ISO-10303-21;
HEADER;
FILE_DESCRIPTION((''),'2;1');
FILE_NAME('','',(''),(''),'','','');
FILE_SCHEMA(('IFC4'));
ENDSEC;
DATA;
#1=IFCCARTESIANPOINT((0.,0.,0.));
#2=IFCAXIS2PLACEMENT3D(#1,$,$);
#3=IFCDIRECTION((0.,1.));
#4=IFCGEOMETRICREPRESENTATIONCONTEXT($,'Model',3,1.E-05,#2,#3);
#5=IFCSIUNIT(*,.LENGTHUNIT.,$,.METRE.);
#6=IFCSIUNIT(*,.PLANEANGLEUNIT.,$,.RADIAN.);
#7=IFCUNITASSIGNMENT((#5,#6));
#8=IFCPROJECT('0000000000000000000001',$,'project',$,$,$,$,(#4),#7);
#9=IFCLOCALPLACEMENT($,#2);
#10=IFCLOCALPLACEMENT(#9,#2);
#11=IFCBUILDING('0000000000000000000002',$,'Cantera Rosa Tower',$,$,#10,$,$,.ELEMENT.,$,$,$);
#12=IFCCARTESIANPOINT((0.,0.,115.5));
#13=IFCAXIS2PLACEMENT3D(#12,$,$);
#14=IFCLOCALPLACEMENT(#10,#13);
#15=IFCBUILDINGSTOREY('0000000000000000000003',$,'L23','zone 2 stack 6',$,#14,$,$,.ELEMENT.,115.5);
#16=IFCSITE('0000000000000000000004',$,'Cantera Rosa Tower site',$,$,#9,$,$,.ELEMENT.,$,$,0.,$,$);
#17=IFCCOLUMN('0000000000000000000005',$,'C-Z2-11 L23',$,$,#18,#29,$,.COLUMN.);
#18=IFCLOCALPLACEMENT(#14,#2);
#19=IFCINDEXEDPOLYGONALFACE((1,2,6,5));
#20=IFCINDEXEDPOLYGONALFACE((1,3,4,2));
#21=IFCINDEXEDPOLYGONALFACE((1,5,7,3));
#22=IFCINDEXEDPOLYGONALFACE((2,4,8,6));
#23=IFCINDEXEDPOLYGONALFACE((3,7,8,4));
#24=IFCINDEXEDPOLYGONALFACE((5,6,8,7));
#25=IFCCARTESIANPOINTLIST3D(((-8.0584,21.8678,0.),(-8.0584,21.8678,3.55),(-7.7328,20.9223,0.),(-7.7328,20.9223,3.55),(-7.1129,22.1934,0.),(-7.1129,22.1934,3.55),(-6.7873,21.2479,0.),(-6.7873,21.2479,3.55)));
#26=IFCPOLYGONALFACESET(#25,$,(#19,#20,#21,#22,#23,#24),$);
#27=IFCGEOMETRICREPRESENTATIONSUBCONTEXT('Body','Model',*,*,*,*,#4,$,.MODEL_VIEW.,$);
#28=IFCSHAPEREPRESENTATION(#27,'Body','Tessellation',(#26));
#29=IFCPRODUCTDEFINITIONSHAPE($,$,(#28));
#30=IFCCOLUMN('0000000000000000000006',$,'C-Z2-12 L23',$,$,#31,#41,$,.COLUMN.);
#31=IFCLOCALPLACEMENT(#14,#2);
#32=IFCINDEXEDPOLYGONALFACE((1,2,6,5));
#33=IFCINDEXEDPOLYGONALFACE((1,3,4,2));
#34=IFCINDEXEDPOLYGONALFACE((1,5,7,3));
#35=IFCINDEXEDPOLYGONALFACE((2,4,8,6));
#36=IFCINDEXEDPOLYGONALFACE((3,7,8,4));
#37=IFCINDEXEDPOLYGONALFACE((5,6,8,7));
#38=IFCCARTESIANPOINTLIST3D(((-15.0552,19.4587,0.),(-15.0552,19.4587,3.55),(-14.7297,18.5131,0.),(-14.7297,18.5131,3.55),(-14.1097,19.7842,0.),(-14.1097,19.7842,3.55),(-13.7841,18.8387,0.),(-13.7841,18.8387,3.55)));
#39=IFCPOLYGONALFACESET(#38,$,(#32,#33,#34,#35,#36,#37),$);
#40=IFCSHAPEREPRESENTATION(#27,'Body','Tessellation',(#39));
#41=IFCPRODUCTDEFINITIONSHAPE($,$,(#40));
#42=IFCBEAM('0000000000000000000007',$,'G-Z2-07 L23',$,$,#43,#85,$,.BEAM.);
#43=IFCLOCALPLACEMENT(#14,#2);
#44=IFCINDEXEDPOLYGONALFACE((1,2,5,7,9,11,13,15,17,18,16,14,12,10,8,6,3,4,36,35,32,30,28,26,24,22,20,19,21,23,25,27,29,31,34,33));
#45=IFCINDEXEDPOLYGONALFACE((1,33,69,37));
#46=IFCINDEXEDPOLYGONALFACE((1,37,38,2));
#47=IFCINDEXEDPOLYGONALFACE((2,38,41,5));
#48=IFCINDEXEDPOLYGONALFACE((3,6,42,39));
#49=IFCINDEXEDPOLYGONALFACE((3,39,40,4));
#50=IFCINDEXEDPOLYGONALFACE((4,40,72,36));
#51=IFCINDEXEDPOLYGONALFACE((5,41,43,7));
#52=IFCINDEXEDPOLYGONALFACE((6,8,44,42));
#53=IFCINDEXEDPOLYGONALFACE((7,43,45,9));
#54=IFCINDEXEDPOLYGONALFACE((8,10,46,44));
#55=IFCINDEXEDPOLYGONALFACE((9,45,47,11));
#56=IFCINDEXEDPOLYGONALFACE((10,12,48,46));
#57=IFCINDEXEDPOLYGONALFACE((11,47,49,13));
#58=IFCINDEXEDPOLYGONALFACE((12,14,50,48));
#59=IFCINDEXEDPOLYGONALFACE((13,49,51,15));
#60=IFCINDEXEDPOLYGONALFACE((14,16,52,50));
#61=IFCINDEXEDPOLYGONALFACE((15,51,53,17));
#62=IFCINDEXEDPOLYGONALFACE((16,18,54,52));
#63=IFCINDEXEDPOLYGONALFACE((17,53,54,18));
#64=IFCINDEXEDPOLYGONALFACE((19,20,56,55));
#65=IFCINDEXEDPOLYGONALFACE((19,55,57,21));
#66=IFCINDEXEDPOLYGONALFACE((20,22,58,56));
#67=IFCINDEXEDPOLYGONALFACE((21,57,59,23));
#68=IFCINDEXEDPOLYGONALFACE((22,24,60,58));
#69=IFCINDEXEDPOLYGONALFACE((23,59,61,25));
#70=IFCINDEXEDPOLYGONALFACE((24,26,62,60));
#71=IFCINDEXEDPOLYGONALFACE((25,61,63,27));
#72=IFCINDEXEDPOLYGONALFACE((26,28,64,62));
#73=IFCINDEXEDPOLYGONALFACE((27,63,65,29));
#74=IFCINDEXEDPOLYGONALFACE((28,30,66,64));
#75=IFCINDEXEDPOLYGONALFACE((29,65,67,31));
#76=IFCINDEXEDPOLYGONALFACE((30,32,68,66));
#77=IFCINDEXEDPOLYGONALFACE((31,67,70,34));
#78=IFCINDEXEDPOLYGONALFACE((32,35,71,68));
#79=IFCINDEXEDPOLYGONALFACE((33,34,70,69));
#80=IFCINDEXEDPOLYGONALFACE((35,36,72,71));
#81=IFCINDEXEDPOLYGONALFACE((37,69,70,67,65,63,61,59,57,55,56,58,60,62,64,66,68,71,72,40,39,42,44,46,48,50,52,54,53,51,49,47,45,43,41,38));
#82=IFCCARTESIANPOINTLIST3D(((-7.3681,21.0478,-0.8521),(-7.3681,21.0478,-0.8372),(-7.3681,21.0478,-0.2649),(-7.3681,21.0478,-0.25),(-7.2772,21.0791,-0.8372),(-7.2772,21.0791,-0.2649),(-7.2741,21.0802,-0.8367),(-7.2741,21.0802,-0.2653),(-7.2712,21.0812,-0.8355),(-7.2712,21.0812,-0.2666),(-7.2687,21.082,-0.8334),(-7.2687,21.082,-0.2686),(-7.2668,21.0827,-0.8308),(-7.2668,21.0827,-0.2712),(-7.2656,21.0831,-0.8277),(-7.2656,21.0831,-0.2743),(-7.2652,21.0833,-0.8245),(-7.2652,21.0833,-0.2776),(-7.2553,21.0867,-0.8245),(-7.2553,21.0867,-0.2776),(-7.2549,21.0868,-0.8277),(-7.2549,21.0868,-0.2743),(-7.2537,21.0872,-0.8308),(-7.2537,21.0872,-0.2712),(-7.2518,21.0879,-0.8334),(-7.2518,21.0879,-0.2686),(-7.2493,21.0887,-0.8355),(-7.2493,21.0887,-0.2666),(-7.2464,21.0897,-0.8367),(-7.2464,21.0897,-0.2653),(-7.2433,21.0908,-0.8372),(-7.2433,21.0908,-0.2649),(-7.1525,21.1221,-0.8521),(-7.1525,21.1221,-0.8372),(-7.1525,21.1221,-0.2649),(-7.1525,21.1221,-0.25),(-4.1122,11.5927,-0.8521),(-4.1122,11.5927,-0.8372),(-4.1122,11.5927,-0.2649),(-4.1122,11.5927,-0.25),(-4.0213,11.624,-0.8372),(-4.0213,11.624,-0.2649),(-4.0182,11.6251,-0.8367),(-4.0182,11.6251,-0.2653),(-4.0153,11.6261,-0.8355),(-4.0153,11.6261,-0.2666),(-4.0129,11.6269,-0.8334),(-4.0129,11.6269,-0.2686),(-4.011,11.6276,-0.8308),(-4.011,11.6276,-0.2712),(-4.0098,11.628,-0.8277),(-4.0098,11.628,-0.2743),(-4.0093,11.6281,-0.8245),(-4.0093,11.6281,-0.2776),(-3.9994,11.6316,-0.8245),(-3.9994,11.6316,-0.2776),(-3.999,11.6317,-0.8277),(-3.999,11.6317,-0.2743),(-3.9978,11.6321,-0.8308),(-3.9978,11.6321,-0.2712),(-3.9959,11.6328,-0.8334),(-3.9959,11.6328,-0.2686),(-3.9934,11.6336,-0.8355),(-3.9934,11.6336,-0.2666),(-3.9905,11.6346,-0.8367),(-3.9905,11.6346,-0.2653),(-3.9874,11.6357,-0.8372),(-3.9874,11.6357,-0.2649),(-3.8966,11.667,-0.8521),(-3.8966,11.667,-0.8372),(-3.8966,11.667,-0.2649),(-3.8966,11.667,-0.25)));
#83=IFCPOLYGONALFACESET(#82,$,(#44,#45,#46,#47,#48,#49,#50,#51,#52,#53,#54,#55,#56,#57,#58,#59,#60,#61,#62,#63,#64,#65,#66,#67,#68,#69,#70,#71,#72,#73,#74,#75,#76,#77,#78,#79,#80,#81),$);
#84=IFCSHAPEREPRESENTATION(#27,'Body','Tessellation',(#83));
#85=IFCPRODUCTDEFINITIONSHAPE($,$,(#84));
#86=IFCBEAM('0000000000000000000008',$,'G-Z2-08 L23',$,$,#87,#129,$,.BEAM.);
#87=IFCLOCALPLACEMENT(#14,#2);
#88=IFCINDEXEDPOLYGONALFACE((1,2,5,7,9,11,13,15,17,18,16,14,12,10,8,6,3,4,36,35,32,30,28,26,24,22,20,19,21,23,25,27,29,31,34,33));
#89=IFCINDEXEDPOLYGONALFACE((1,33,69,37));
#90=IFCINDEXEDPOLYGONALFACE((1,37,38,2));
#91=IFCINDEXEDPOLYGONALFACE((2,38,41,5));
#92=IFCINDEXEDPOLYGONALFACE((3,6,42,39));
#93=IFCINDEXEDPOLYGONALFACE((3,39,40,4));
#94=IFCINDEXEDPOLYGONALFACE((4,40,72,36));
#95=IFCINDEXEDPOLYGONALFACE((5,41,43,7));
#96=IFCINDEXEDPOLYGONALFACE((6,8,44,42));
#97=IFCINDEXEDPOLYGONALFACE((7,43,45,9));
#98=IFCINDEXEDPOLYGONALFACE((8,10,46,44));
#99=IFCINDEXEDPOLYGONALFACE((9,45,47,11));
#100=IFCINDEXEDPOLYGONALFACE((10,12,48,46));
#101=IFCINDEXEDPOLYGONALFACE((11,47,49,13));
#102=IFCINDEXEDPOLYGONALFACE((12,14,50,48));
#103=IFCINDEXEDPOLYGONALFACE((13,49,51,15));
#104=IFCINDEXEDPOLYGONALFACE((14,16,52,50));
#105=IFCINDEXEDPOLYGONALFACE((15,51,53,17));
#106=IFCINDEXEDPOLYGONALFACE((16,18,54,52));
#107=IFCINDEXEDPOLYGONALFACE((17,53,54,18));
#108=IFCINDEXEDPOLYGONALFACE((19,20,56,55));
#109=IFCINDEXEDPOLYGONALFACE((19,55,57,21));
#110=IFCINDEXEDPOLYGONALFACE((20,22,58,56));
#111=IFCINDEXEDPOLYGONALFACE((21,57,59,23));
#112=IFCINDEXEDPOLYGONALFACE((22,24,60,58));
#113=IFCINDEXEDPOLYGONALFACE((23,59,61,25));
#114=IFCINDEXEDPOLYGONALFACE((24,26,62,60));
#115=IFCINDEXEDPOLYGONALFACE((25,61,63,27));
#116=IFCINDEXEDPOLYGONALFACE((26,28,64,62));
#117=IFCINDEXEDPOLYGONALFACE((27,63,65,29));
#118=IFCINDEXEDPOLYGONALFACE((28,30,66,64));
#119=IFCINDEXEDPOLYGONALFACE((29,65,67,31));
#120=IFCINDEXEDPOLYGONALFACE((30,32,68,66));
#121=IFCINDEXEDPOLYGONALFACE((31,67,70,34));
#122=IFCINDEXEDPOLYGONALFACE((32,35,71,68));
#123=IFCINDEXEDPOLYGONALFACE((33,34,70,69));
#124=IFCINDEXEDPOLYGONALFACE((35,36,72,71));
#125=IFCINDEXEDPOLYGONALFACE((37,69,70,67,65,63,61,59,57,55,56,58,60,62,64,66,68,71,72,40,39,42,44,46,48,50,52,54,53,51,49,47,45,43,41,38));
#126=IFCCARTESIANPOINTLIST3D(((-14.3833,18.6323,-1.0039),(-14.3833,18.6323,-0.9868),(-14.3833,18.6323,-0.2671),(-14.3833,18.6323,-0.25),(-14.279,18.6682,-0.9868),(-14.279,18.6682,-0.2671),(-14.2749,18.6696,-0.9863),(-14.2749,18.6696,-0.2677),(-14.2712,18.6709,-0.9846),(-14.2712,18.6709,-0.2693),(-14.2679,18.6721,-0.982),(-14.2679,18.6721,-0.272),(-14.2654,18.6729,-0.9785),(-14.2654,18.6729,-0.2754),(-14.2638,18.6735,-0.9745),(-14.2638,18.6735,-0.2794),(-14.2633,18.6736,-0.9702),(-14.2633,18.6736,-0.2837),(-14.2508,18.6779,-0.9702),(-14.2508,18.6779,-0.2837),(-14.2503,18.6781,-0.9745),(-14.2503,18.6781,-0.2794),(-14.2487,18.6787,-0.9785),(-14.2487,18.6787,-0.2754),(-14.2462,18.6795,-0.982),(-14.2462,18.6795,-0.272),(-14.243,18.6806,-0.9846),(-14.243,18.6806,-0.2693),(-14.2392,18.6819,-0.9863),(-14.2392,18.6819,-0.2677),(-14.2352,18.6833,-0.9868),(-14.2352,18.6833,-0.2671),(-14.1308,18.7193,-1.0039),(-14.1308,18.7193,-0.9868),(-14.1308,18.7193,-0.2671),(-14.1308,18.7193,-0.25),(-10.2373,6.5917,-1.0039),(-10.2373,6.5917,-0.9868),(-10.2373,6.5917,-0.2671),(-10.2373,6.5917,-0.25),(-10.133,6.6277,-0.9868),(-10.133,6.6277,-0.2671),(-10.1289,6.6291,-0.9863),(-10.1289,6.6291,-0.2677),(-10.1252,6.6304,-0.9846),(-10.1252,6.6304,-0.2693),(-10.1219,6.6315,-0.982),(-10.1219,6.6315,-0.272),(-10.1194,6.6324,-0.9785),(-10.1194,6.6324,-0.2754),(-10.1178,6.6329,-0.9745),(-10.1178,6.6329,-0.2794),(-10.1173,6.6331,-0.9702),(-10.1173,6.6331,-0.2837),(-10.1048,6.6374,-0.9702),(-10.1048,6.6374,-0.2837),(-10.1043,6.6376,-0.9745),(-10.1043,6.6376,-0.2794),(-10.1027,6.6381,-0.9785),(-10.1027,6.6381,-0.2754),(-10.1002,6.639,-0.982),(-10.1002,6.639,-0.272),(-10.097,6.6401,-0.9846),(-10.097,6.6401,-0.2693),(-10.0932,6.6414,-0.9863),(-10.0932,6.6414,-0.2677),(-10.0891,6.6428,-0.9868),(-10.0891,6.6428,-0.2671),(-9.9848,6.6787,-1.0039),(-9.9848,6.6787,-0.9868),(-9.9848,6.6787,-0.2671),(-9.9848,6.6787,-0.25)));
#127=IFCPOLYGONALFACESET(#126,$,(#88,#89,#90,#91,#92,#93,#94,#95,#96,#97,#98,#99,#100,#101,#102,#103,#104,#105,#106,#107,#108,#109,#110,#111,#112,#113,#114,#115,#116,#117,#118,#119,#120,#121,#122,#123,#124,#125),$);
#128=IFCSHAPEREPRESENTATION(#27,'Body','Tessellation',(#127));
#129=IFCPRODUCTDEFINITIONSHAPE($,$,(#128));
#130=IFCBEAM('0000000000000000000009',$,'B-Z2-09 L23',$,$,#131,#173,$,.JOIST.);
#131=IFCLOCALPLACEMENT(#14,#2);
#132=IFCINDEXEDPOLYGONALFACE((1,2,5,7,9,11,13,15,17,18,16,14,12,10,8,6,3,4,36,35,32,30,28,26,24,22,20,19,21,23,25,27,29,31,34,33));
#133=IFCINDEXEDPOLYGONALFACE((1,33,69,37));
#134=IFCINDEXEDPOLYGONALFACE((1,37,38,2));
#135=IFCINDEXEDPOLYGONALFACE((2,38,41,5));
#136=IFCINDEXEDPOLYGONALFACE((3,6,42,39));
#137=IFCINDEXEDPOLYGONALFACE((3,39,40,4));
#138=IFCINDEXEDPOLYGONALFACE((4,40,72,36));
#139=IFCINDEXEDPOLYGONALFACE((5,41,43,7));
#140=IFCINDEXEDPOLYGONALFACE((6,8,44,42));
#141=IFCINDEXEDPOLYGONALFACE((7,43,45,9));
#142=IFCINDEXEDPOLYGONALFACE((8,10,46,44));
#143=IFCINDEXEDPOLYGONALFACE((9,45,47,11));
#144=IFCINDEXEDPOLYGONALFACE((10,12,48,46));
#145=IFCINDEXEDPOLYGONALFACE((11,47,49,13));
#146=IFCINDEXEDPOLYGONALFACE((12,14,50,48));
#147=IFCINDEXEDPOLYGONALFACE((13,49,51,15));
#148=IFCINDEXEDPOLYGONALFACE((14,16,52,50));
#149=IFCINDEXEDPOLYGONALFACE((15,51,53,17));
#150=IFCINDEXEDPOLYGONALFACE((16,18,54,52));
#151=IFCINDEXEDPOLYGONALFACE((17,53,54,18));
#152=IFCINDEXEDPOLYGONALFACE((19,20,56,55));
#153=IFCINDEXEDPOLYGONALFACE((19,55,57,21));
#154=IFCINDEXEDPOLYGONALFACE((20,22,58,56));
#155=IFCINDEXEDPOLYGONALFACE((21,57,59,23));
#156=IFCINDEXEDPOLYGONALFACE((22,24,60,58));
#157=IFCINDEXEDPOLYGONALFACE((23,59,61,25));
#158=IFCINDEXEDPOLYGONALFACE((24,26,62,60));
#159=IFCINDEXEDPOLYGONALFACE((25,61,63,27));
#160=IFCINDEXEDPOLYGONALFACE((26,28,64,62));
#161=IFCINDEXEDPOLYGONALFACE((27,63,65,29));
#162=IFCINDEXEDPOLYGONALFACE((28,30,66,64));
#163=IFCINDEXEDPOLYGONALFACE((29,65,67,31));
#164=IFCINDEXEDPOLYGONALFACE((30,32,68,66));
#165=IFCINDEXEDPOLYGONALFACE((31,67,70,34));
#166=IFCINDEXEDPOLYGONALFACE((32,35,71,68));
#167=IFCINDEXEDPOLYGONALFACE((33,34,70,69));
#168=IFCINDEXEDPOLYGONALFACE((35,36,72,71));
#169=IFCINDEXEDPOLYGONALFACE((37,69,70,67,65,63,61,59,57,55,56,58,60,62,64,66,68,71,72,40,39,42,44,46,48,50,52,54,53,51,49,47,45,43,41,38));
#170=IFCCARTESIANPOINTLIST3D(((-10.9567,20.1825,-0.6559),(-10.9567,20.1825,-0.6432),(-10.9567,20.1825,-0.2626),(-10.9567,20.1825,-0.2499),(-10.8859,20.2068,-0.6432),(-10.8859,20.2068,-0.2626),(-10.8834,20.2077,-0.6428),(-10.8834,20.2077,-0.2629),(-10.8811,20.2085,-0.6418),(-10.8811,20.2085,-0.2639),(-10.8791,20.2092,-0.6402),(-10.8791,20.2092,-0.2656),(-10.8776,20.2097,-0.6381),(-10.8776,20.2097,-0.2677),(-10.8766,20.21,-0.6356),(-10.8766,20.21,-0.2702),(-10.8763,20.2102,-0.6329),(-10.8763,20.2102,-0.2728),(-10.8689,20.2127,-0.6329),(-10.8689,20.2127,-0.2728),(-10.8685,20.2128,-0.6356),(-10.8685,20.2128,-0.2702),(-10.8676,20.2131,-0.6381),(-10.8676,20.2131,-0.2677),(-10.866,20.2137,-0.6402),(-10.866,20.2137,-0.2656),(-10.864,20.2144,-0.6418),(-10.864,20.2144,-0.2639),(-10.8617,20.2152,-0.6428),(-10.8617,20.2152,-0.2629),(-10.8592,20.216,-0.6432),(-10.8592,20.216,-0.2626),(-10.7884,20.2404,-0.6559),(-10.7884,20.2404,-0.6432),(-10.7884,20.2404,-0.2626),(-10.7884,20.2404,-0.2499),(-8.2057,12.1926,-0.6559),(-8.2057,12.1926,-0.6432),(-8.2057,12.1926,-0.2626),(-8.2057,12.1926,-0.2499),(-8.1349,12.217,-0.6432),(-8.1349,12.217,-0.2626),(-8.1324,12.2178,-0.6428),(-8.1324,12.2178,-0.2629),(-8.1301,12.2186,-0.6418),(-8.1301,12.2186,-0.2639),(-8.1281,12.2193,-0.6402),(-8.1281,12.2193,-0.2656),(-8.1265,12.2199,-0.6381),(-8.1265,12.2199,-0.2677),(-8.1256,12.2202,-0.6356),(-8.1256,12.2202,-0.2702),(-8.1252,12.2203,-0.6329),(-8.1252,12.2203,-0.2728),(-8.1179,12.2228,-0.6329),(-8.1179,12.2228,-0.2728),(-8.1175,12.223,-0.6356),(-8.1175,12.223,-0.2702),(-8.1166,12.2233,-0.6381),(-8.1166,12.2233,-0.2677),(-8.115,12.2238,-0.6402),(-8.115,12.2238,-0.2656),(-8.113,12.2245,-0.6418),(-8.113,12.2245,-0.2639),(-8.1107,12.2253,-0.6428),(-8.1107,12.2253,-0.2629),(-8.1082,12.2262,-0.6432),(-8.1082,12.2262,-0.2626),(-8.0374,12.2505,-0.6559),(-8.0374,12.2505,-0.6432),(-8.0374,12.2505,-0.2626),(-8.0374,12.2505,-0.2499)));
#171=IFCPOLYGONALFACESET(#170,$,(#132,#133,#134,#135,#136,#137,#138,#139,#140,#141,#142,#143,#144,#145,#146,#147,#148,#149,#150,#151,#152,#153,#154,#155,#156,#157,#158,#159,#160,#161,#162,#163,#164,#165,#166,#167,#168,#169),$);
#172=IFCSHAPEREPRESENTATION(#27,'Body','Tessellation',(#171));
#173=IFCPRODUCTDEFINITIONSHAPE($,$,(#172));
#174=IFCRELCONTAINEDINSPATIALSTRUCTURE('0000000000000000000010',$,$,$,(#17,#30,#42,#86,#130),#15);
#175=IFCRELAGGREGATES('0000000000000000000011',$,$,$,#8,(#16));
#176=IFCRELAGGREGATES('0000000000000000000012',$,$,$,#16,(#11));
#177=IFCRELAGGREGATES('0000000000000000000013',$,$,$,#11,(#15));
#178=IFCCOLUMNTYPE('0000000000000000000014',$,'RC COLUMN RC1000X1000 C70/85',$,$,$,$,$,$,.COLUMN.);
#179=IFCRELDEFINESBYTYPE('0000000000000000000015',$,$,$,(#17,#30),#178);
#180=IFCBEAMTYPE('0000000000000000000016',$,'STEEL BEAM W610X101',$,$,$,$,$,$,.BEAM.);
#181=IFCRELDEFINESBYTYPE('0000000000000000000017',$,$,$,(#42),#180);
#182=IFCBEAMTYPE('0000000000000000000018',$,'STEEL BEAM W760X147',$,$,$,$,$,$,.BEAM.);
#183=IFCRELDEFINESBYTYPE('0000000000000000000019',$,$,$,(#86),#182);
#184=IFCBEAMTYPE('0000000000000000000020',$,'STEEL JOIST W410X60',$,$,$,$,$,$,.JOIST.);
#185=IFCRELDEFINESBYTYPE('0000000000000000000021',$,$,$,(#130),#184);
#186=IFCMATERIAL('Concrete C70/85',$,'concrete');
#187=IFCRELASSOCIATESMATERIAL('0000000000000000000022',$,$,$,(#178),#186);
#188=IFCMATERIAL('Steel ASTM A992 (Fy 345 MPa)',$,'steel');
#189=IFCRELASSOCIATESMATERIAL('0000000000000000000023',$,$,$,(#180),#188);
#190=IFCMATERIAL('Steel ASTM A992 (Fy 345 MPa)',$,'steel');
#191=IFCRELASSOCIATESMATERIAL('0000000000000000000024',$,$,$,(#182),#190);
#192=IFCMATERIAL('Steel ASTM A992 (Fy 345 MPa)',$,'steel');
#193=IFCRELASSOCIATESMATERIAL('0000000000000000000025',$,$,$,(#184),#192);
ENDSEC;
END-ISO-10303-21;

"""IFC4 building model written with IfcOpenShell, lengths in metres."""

from ifc_helpers import new_model, si_unit, direction, frame, origin, origin_2d, place, context, subcontext, project, spatial, rectangle, i_section, extrude, material, material_profile, profile_set, type_object, element, save


model = new_model("IFC4")

# Units and contexts
model_context = context("Model", 3, precision=1e-05, world=origin(), true_north=direction((0.0, 1.0)))
body_context = subcontext(model_context, "Body", "Model", "MODEL_VIEW")
ifc_project = project(units=[si_unit("LENGTHUNIT", "METRE"), si_unit("PLANEANGLEUNIT", "RADIAN")], contexts=[model_context])

# Site, building, storey
site_placement = place(None, origin())
site = spatial("IfcSite", under=ifc_project, at=site_placement, Name="Cantera Rosa Tower site", CompositionType="ELEMENT", RefElevation=0.0)
building_placement = place(site_placement, origin())
building = spatial("IfcBuilding", under=site, at=building_placement, Name="Cantera Rosa Tower", CompositionType="ELEMENT")
storey_placement = place(building_placement, frame((0.0, 0.0, 115.5)))
storey = spatial("IfcBuildingStorey", under=building, at=storey_placement, Name="L23", Description="zone 2 stack 6", CompositionType="ELEMENT", Elevation=115.5)

# Columns
ifc_material_1 = material(Name="Concrete C70/85", Category="concrete")
ifc_material_profile_1 = material_profile(ifc_material_1, rectangle(XDim=1.0, YDim=1.0, at=origin_2d()), Name="RC COLUMN RC1000X1000 C70/85")
ifc_profile_set_1 = profile_set([ifc_material_profile_1], Name="Concrete C70/85")
column_type = type_object("IfcColumnType", Name="RC COLUMN RC1000X1000 C70/85", PredefinedType="COLUMN", material=ifc_profile_set_1)
for number, where, z_axis, x_axis, name in (
    (1, (-7.4229, 21.5579, 0.0), (0.0, 0.0, 1.0), (0.945519, 0.325568, 0.0), "C-Z2-11 L23"),
    (2, (-14.4197, 19.1487, 0.0), (0.0, 0.0, 1.0), (0.945519, 0.325568, 0.0), "C-Z2-12 L23"),
):
    element("IfcColumn", number, at=place(storey_placement, frame(where, z_axis=z_axis, x_axis=x_axis)), inside=storey, type_object=column_type, Name=name, PredefinedType="COLUMN", context=body_context, shape_type="SweptSolid", body=[
        extrude(rectangle(XDim=1.0, YDim=1.0, at=origin_2d()), origin(), (0.0, 0.0, 1.0), 3.55),
    ])

# Beams
ifc_material_2 = material(Name="Steel ASTM A992 (Fy 345 MPa)", Category="steel")
ifc_material_profile_2 = material_profile(ifc_material_2, i_section(OverallWidth=0.228, OverallDepth=0.6021, WebThickness=0.0105, FlangeThickness=0.0149, FilletRadius=0.0127, at=origin_2d()), Name="W610X101")
ifc_profile_set_2 = profile_set([ifc_material_profile_2], Name="Steel ASTM A992 (Fy 345 MPa)")
beam_type_1 = type_object("IfcBeamType", Name="STEEL BEAM W610X101", PredefinedType="BEAM", material=ifc_profile_set_2)
beam_1_placement = place(storey_placement, frame((-7.2603, 21.085, -0.551), z_axis=(0.325587, -0.945512, 0.0), x_axis=(0.945512, 0.325587, 0.0)))
element("IfcBeam", 3, at=beam_1_placement, inside=storey, type_object=beam_type_1, Name="G-Z2-07 L23", PredefinedType="BEAM", context=body_context, shape_type="SweptSolid", body=[
    extrude(i_section(OverallWidth=0.228, OverallDepth=0.6021, WebThickness=0.0105, FlangeThickness=0.0149, FilletRadius=0.0127, at=origin_2d()), origin(), (0.0, 0.0, 1.0), 10.0),
])
ifc_material_3 = material(Name="Steel ASTM A992 (Fy 345 MPa)", Category="steel")
ifc_material_profile_3 = material_profile(ifc_material_3, i_section(OverallWidth=0.2671, OverallDepth=0.7539, WebThickness=0.0132, FlangeThickness=0.0171, FilletRadius=0.0166, at=origin_2d()), Name="W760X147")
ifc_profile_set_3 = profile_set([ifc_material_profile_3], Name="Steel ASTM A992 (Fy 345 MPa)")
beam_type_2 = type_object("IfcBeamType", Name="STEEL BEAM W760X147", PredefinedType="BEAM", material=ifc_profile_set_3)
beam_2_placement = place(storey_placement, frame((-14.2571, 18.6758, -0.627), z_axis=(0.325576, -0.945516, 0.0), x_axis=(0.945516, 0.325576, 0.0)))
element("IfcBeam", 4, at=beam_2_placement, inside=storey, type_object=beam_type_2, Name="G-Z2-08 L23", PredefinedType="BEAM", context=body_context, shape_type="SweptSolid", body=[
    extrude(i_section(OverallWidth=0.2671, OverallDepth=0.7539, WebThickness=0.0132, FlangeThickness=0.0171, FilletRadius=0.0166, at=origin_2d()), origin(), (0.0, 0.0, 1.0), 12.7344),
])
ifc_material_4 = material(Name="Steel ASTM A992 (Fy 345 MPa)", Category="steel")
ifc_material_profile_4 = material_profile(ifc_material_4, i_section(OverallWidth=0.178, OverallDepth=0.406, WebThickness=0.0078, FlangeThickness=0.0127, FilletRadius=0.0103, at=origin_2d()), Name="W410X60")
ifc_profile_set_4 = profile_set([ifc_material_profile_4], Name="Steel ASTM A992 (Fy 345 MPa)")
beam_type_3 = type_object("IfcBeamType", Name="STEEL JOIST W410X60", PredefinedType="JOIST", material=ifc_profile_set_4)
beam_3_placement = place(storey_placement, frame((-10.8726, 20.2114, -0.4529), z_axis=(0.325556, -0.945523, 0.0), x_axis=(0.945523, 0.325556, 0.0)))
element("IfcBeam", 5, at=beam_3_placement, inside=storey, type_object=beam_type_3, Name="B-Z2-09 L23", PredefinedType="JOIST", context=body_context, shape_type="SweptSolid", body=[
    extrude(i_section(OverallWidth=0.178, OverallDepth=0.406, WebThickness=0.0078, FlangeThickness=0.0127, FilletRadius=0.0103, at=origin_2d()), origin(), (0.0, 0.0, 1.0), 8.4502),
])

save(model, "model.ifc")
